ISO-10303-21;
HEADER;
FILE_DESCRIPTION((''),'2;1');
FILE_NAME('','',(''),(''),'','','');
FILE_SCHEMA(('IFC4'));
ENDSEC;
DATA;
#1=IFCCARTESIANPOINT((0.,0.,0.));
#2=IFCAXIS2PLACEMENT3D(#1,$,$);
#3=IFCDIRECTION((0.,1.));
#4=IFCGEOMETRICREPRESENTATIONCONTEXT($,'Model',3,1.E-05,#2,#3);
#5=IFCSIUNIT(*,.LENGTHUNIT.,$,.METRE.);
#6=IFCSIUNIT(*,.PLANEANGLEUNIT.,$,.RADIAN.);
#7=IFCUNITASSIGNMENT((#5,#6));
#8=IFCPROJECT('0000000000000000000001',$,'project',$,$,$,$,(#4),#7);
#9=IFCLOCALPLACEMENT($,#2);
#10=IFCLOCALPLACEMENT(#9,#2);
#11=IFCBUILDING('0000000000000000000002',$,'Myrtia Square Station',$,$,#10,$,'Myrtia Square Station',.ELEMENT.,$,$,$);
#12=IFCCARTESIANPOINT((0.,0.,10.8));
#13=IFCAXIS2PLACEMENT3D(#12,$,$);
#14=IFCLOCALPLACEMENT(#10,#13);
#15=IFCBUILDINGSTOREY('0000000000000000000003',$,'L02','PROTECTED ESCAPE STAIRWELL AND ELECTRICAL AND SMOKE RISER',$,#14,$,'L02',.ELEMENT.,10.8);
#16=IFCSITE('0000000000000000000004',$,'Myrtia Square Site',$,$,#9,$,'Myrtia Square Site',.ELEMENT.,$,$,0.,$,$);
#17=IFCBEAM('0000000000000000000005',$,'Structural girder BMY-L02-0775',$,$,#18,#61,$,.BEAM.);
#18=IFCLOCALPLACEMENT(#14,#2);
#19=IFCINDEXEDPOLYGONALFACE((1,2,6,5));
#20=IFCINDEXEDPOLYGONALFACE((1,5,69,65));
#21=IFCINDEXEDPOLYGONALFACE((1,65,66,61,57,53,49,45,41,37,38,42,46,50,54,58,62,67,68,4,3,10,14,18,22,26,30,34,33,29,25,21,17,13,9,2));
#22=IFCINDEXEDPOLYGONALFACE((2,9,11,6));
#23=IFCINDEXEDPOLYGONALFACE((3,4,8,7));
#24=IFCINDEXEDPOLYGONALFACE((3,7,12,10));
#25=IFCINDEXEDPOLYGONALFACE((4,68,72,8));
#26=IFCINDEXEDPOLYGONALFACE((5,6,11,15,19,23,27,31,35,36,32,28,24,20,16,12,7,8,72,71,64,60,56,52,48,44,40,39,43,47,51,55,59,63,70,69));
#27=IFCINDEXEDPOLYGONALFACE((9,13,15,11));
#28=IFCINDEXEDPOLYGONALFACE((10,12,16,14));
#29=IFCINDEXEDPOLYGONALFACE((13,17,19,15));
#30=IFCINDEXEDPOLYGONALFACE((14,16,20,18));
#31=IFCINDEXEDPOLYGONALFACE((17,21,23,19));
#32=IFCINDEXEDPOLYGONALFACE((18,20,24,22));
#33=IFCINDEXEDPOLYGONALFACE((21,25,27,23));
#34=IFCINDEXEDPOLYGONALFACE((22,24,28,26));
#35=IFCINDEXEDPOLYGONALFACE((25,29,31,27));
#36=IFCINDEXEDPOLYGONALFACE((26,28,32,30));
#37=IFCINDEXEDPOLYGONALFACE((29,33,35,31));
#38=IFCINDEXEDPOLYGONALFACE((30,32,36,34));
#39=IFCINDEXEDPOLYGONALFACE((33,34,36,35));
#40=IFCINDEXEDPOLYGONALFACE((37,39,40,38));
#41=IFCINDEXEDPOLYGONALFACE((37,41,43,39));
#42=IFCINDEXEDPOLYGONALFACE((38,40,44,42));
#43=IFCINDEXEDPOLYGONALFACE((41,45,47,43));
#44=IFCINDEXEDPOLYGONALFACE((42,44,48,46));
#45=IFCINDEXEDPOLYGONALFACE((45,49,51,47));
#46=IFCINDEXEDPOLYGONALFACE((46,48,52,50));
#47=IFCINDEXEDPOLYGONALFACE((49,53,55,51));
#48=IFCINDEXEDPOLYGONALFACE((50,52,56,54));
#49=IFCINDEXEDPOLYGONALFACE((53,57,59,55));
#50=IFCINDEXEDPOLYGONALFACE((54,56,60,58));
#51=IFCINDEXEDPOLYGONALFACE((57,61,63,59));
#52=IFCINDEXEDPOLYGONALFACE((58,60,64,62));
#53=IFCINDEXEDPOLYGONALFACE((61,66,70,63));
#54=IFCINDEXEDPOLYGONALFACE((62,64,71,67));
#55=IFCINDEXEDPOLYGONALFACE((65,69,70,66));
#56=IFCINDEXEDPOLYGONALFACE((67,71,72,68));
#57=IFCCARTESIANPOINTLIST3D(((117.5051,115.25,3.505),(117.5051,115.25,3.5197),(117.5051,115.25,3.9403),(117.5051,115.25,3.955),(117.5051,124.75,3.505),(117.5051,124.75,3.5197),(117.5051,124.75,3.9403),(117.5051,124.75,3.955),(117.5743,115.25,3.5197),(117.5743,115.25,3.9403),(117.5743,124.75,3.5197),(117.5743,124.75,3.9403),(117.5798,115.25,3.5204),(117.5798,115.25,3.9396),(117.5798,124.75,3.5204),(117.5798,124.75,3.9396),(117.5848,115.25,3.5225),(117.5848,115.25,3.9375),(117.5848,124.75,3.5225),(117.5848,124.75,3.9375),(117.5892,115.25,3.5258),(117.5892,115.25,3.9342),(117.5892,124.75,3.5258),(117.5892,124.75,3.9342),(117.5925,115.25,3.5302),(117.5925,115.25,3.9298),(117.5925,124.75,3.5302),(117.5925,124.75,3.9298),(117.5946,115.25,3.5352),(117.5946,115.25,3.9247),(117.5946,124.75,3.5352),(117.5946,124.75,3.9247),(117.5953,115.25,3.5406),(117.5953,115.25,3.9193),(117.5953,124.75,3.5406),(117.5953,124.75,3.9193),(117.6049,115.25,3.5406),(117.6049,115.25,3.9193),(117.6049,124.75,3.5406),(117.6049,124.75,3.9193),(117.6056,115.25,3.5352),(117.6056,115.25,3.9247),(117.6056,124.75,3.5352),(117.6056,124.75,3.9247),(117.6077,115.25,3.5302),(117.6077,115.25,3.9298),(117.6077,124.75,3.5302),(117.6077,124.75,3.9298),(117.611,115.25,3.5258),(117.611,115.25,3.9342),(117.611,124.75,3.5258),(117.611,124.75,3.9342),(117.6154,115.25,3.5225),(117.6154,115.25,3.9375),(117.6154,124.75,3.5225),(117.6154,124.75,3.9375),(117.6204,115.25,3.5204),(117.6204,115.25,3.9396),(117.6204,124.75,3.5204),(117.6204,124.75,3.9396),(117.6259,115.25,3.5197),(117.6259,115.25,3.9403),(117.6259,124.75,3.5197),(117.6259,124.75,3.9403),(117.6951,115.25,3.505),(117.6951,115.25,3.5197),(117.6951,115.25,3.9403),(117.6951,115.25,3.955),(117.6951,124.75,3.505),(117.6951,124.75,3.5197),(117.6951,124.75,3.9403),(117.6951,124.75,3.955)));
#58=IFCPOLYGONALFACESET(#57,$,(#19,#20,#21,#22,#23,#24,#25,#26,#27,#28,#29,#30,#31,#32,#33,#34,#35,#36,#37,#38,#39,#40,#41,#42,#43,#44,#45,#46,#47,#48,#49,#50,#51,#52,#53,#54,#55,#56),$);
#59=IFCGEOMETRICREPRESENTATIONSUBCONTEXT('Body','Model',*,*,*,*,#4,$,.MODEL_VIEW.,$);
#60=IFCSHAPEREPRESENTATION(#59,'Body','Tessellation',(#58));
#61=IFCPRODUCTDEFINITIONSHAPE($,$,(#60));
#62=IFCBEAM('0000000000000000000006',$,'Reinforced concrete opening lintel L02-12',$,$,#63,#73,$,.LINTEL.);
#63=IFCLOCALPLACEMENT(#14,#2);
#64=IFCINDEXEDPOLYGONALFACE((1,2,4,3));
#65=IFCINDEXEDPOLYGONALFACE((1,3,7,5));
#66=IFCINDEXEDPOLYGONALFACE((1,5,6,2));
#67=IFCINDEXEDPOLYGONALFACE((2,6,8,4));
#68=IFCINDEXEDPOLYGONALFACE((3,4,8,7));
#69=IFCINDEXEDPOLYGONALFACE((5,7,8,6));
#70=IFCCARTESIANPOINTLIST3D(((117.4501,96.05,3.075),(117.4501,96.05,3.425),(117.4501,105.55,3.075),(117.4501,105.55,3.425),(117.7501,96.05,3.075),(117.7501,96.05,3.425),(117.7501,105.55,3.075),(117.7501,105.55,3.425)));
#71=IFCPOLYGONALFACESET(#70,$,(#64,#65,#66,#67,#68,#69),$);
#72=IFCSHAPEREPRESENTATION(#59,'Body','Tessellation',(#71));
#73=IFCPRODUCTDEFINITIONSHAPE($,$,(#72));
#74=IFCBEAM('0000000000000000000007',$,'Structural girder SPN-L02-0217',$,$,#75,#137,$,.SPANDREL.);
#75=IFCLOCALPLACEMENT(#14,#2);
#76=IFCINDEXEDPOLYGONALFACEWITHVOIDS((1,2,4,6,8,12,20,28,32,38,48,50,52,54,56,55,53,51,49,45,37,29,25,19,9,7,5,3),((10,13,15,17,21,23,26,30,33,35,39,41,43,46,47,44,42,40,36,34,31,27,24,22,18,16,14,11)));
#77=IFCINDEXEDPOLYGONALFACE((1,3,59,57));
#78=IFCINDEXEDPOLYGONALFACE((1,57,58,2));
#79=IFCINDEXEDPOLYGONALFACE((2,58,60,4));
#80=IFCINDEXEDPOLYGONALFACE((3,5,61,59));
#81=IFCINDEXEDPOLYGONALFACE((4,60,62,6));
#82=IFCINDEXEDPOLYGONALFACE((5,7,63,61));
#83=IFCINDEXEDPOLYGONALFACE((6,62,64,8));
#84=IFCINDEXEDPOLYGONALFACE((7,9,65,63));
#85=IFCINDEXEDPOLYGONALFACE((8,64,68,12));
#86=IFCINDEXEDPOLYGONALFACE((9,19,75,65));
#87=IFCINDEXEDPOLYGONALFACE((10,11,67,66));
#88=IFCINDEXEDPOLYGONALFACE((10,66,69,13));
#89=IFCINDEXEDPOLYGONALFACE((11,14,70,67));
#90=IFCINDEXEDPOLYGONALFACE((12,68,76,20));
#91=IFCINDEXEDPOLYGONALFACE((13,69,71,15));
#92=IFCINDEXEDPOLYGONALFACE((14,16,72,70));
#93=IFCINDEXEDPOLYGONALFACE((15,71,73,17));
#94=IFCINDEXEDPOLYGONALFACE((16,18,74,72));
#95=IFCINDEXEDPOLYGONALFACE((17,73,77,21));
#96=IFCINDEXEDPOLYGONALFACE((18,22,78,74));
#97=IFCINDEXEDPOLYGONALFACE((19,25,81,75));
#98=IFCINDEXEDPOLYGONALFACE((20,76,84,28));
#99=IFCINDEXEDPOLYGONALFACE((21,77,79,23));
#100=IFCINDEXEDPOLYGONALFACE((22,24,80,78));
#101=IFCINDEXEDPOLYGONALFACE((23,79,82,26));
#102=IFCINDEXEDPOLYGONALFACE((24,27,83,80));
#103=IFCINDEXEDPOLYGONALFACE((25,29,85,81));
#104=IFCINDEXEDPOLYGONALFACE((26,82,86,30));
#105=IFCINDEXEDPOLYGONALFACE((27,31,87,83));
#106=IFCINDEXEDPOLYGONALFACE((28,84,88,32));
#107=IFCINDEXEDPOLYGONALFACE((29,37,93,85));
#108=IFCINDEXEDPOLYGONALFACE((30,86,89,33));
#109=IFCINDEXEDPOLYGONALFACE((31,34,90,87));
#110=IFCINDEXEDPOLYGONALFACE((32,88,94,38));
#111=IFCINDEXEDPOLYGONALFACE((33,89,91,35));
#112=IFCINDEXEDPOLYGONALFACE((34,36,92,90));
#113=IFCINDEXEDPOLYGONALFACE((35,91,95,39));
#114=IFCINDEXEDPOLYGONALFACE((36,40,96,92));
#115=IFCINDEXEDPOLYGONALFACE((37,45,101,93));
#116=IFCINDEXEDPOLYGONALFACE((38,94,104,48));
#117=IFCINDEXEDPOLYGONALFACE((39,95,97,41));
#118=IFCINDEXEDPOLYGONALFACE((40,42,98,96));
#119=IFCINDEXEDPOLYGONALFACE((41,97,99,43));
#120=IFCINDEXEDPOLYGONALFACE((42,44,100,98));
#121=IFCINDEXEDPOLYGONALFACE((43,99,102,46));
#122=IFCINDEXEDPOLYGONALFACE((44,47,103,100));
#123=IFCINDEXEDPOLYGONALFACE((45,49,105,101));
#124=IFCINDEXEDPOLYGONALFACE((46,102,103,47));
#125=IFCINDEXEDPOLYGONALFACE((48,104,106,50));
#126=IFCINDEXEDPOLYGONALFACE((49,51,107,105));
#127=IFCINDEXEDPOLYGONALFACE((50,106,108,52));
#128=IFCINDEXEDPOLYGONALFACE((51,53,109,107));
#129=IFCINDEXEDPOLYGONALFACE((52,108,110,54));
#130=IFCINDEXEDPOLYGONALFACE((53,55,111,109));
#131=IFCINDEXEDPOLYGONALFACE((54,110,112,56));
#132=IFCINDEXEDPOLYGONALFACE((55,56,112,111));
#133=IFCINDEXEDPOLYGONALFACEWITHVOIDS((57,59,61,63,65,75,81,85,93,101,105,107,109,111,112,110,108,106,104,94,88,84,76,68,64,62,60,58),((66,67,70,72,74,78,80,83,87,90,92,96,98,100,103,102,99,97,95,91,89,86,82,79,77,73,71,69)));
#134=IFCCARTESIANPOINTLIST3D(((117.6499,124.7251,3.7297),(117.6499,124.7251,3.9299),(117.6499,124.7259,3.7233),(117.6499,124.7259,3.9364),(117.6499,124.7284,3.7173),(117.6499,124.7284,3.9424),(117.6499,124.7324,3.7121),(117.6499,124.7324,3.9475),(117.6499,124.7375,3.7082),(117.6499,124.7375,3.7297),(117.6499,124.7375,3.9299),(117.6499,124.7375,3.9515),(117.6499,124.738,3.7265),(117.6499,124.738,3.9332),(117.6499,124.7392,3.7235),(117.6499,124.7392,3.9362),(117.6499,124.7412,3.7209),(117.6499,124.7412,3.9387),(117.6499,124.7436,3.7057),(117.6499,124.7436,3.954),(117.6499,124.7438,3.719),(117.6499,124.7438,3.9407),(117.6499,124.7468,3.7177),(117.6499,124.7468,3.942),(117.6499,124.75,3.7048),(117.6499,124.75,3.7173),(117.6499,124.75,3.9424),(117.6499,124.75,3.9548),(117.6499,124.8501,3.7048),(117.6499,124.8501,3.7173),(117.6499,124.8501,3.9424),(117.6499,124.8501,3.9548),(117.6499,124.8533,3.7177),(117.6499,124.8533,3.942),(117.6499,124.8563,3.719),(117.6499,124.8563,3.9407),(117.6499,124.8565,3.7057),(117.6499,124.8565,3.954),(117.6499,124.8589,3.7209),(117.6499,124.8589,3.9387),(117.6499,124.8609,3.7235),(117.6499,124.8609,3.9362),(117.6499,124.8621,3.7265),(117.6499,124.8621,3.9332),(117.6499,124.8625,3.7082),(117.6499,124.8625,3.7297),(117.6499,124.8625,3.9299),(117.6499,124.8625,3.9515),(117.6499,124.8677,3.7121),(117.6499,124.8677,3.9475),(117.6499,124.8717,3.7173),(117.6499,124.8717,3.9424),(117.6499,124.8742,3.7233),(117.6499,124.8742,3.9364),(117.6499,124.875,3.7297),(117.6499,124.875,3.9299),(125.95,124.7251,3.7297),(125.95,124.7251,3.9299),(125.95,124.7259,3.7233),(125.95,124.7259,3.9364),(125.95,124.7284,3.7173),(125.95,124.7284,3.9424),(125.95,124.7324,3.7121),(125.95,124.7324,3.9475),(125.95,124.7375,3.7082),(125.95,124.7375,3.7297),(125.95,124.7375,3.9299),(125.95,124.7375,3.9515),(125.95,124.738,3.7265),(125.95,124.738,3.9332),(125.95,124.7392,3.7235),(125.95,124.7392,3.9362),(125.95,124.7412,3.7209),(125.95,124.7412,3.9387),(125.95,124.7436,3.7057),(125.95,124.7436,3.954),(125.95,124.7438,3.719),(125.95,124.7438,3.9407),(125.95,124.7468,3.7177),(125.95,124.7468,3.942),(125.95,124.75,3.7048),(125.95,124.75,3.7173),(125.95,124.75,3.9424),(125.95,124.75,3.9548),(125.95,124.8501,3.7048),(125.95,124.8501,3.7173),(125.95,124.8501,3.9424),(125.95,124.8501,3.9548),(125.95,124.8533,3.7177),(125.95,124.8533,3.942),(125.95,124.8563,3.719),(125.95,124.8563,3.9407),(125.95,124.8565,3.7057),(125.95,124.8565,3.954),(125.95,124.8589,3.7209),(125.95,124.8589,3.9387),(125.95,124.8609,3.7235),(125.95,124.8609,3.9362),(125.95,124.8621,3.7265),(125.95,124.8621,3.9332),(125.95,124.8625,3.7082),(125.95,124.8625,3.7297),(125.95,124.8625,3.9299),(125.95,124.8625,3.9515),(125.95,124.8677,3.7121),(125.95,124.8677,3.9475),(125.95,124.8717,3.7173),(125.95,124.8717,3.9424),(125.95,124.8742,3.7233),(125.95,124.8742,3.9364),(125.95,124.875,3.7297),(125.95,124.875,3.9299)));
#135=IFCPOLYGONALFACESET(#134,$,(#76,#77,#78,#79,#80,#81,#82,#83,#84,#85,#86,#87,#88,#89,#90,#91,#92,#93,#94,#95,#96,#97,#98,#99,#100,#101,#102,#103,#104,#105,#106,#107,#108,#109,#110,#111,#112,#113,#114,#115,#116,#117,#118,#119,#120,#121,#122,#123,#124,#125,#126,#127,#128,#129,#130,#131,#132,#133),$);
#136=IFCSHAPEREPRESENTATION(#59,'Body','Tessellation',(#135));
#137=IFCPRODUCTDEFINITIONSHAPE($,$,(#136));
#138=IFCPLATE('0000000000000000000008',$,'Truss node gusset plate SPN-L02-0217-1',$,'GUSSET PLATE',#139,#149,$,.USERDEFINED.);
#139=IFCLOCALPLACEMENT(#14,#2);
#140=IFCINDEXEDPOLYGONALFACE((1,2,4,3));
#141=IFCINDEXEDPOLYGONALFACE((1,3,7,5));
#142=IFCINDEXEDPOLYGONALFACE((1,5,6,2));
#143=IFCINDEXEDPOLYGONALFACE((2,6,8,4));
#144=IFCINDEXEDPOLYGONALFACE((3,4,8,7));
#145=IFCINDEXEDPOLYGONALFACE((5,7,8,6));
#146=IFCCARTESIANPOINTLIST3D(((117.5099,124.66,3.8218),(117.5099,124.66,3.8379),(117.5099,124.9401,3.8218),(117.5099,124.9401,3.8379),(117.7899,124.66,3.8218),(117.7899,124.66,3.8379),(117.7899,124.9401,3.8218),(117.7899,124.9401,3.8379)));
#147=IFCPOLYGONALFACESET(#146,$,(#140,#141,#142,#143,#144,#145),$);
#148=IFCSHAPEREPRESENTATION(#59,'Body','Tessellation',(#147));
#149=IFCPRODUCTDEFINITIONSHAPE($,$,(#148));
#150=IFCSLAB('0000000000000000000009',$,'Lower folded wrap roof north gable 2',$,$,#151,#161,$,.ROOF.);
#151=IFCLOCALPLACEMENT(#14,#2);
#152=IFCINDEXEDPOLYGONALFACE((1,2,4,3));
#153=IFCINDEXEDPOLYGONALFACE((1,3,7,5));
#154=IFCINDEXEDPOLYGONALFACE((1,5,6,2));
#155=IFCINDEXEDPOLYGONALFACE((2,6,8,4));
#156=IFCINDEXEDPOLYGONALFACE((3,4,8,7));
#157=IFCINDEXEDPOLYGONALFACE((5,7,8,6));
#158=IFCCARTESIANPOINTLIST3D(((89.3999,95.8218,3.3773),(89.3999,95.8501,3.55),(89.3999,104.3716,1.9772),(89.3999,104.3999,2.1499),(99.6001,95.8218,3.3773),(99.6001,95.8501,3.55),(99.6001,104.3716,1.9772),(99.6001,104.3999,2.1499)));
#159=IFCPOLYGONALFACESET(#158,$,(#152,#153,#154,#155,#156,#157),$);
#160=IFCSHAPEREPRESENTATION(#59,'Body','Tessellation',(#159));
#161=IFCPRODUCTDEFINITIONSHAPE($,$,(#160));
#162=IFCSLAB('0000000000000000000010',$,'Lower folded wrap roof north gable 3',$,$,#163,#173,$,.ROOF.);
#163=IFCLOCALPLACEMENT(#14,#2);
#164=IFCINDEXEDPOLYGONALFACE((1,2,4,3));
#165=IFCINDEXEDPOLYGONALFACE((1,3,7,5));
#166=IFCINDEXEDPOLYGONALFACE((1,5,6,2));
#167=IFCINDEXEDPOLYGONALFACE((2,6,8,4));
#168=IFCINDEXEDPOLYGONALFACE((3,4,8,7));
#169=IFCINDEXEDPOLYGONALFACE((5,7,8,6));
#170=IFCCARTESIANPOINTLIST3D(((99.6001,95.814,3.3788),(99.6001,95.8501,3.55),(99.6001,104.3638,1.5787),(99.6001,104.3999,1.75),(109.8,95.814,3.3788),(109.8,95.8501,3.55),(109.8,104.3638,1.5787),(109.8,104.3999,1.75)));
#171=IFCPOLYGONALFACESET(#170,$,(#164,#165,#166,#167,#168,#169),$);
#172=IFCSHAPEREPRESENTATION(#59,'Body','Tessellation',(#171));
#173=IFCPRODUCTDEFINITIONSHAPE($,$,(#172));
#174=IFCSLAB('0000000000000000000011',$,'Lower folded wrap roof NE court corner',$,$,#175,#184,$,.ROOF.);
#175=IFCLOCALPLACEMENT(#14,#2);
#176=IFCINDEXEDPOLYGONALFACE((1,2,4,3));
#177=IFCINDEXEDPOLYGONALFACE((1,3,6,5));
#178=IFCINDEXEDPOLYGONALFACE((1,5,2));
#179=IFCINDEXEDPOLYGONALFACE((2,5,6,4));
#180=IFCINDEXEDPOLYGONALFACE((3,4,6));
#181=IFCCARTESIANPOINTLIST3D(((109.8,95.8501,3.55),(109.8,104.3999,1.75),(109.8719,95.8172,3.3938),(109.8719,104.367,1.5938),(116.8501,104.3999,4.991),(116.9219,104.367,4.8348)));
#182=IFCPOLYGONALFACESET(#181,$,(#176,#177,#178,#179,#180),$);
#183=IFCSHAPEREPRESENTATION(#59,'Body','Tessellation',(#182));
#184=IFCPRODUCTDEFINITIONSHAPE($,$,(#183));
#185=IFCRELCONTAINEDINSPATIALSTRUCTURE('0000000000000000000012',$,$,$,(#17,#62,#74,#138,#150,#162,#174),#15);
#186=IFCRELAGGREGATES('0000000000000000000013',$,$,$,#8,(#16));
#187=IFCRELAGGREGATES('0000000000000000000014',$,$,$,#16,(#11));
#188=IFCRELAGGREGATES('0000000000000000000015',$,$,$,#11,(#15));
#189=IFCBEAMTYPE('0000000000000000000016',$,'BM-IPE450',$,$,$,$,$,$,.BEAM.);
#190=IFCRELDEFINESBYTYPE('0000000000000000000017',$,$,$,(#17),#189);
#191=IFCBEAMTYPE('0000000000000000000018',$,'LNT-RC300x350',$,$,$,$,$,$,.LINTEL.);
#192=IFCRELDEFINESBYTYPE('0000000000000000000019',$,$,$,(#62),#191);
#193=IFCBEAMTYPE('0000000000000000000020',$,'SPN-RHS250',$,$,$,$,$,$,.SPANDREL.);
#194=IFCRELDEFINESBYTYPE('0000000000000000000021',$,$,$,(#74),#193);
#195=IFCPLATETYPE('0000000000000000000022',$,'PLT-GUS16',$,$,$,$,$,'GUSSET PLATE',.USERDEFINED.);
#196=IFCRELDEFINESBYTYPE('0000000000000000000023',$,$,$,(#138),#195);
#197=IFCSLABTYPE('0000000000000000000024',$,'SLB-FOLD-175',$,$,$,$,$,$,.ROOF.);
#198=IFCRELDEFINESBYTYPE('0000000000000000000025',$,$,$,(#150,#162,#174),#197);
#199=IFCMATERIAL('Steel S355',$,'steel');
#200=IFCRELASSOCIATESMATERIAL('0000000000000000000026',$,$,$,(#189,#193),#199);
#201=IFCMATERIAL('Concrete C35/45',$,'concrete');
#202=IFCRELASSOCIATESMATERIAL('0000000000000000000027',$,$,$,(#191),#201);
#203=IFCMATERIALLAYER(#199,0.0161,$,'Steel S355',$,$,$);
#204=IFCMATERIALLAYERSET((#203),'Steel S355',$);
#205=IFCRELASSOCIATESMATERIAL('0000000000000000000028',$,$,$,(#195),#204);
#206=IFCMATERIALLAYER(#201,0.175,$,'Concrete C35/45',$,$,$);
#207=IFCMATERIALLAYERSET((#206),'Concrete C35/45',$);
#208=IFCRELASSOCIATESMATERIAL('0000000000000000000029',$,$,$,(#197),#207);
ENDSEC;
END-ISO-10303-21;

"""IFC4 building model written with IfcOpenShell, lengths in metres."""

from ifc_helpers import new_model, si_unit, direction, frame, origin, origin_2d, place, context, subcontext, project, spatial, polyline, rectangle, hollow_rectangle, i_section, outline, extrude, material, layer, layer_set, material_profile, profile_set, type_object, element, save


model = new_model("IFC4")

# Units and contexts
model_context = context("Model", 3, precision=1e-05, world=origin(), true_north=direction((0.0, 1.0)))
body_context = subcontext(model_context, "Body", "Model", "MODEL_VIEW")
ifc_project = project(units=[si_unit("LENGTHUNIT", "METRE"), si_unit("PLANEANGLEUNIT", "RADIAN")], contexts=[model_context])

# Site, building, storey
site_placement = place(None, origin())
site = spatial("IfcSite", under=ifc_project, at=site_placement, Name="Myrtia Square Site", LongName="Myrtia Square Site", CompositionType="ELEMENT", RefElevation=0.0)
building_placement = place(site_placement, origin())
building = spatial("IfcBuilding", under=site, at=building_placement, Name="Myrtia Square Station", LongName="Myrtia Square Station", CompositionType="ELEMENT")
storey_placement = place(building_placement, frame((0.0, 0.0, 10.8)))
storey = spatial("IfcBuildingStorey", under=building, at=storey_placement, Name="L02", Description="PROTECTED ESCAPE STAIRWELL AND ELECTRICAL AND SMOKE RISER", LongName="L02", CompositionType="ELEMENT", Elevation=10.8)

# Shared definitions
ifc_material_1 = material(Name="Steel S355", Category="steel")

# Beams
ifc_material_profile_1 = material_profile(ifc_material_1, i_section(OverallWidth=0.1899, OverallDepth=0.45, WebThickness=0.0095, FlangeThickness=0.0146, FilletRadius=0.021, at=origin_2d()), Name="IPE 450")
ifc_profile_set_1 = profile_set([ifc_material_profile_1], Name="Steel S355")
beam_type_1 = type_object("IfcBeamType", Name="BM-IPE450", PredefinedType="BEAM", material=ifc_profile_set_1)
for number, where, z_axis, x_axis, name in (
    (1, (117.6001, 115.25, 3.73), (0.0, 1.0, 0.0), (-1.0, 0.0, 0.0), "Structural girder BMY-L02-0775"),
):
    element("IfcBeam", number, at=place(storey_placement, frame(where, z_axis=z_axis, x_axis=x_axis)), inside=storey, type_object=beam_type_1, Name=name, PredefinedType="BEAM", context=body_context, shape_type="SweptSolid", body=[
        extrude(i_section(OverallWidth=0.1899, OverallDepth=0.45, WebThickness=0.0095, FlangeThickness=0.0146, FilletRadius=0.021, at=origin_2d()), origin(), (0.0, 0.0, 1.0), 9.5),
    ])
ifc_material_2 = material(Name="Concrete C35/45", Category="concrete")
ifc_material_profile_2 = material_profile(ifc_material_2, rectangle(XDim=0.3, YDim=0.3501, at=origin_2d()), Name="LNT 300x350")
ifc_profile_set_2 = profile_set([ifc_material_profile_2], Name="Concrete C35/45")
beam_type_2 = type_object("IfcBeamType", Name="LNT-RC300x350", PredefinedType="LINTEL", material=ifc_profile_set_2)
beam_1_placement = place(storey_placement, frame((117.6001, 96.05, 3.25), z_axis=(0.0, 1.0, 0.0), x_axis=(-1.0, 0.0, 0.0)))
element("IfcBeam", 2, at=beam_1_placement, inside=storey, type_object=beam_type_2, Name="Reinforced concrete opening lintel L02-12", PredefinedType="LINTEL", context=body_context, shape_type="SweptSolid", body=[
    extrude(rectangle(XDim=0.3, YDim=0.3501, at=origin_2d()), origin(), (0.0, 0.0, 1.0), 9.5),
])
ifc_material_profile_3 = material_profile(ifc_material_1, hollow_rectangle(XDim=0.1499, YDim=0.25, WallThickness=0.0125, InnerFilletRadius=0.0125, OuterFilletRadius=0.0249, at=origin_2d()), Name="RHS 250x150x12.5")
ifc_profile_set_3 = profile_set([ifc_material_profile_3], Name="Steel S355")
beam_type_3 = type_object("IfcBeamType", Name="SPN-RHS250", PredefinedType="SPANDREL", material=ifc_profile_set_3)
beam_2_placement = place(storey_placement, frame((117.6499, 124.8, 3.8298), z_axis=(1.0, 0.0, 0.0), x_axis=(0.0, 1.0, 0.0)))
element("IfcBeam", 3, at=beam_2_placement, inside=storey, type_object=beam_type_3, Name="Structural girder SPN-L02-0217", PredefinedType="SPANDREL", context=body_context, shape_type="SweptSolid", body=[
    extrude(hollow_rectangle(XDim=0.1499, YDim=0.25, WallThickness=0.0125, InnerFilletRadius=0.0125, OuterFilletRadius=0.0249, at=origin_2d()), origin(), (0.0, 0.0, 1.0), 8.3),
])

# Plate
ifc_layer_1 = layer(ifc_material_1, 0.0161, Name="Steel S355")
ifc_layer_set_1 = layer_set([ifc_layer_1], Name="Steel S355")
plate_type = type_object("IfcPlateType", Name="PLT-GUS16", ElementType="GUSSET PLATE", PredefinedType="USERDEFINED", material=ifc_layer_set_1)
plate_placement = place(storey_placement, frame((117.6499, 124.8, 3.8218), z_axis=(0.0, 0.0, 1.0), x_axis=(1.0, 0.0, 0.0)))
element("IfcPlate", 4, at=plate_placement, inside=storey, type_object=plate_type, Name="Truss node gusset plate SPN-L02-0217-1", ObjectType="GUSSET PLATE", PredefinedType="USERDEFINED", context=body_context, shape_type="SweptSolid", body=[
    extrude(rectangle(XDim=0.28, YDim=0.28, at=origin_2d()), origin(), (0.0, 0.0, 1.0), 0.0161),
])

# Slabs
ifc_layer_2 = layer(ifc_material_2, 0.175, Name="Concrete C35/45")
ifc_layer_set_2 = layer_set([ifc_layer_2], Name="Concrete C35/45")
slab_type = type_object("IfcSlabType", Name="SLB-FOLD-175", PredefinedType="ROOF", material=ifc_layer_set_2)
slab_1_placement = place(storey_placement, frame((99.6001, 104.3999, 2.1499), z_axis=(0.0, 0.161611, 0.986855), x_axis=(-1.0, 0.0, 0.0)))
element("IfcSlab", 5, at=slab_1_placement, inside=storey, type_object=slab_type, Name="Lower folded wrap roof north gable 2", PredefinedType="ROOF", context=body_context, shape_type="SweptSolid", body=[
    extrude(outline(polyline([(0.0, 0.0), (10.2002, 0.0), (10.2002, 8.6637), (0.0, 8.6637), (0.0, 0.0)])), origin(), (0.0, 0.0, -1.0), 0.175),
])
slab_2_placement = place(storey_placement, frame((109.8, 104.3999, 1.75), z_axis=(0.0, 0.20602, 0.978548), x_axis=(-1.0, 0.0, 0.0)))
element("IfcSlab", 6, at=slab_2_placement, inside=storey, type_object=slab_type, Name="Lower folded wrap roof north gable 3", PredefinedType="ROOF", context=body_context, shape_type="SweptSolid", body=[
    extrude(outline(polyline([(0.0, 0.0), (10.2, 0.0), (10.2, 8.7372), (0.0, 8.7372), (0.0, 0.0)])), origin(), (0.0, 0.0, -1.0), 0.175),
])
slab_3_placement = place(storey_placement, frame((116.8501, 104.3999, 4.991), z_axis=(-0.410248, 0.187885, 0.89241), x_axis=(-0.908591, 0.0, -0.417687)))
element("IfcSlab", 7, at=slab_3_placement, inside=storey, type_object=slab_type, Name="Lower folded wrap roof NE court corner", PredefinedType="ROOF", context=body_context, shape_type="SweptSolid", body=[
    extrude(outline(polyline([(0.0, 0.0), (7.7593, 0.0), (7.0075, 8.7048), (0.0, 0.0)])), origin(), (0.0, 0.0, -1.0), 0.175),
])

save(model, "model.ifc")
